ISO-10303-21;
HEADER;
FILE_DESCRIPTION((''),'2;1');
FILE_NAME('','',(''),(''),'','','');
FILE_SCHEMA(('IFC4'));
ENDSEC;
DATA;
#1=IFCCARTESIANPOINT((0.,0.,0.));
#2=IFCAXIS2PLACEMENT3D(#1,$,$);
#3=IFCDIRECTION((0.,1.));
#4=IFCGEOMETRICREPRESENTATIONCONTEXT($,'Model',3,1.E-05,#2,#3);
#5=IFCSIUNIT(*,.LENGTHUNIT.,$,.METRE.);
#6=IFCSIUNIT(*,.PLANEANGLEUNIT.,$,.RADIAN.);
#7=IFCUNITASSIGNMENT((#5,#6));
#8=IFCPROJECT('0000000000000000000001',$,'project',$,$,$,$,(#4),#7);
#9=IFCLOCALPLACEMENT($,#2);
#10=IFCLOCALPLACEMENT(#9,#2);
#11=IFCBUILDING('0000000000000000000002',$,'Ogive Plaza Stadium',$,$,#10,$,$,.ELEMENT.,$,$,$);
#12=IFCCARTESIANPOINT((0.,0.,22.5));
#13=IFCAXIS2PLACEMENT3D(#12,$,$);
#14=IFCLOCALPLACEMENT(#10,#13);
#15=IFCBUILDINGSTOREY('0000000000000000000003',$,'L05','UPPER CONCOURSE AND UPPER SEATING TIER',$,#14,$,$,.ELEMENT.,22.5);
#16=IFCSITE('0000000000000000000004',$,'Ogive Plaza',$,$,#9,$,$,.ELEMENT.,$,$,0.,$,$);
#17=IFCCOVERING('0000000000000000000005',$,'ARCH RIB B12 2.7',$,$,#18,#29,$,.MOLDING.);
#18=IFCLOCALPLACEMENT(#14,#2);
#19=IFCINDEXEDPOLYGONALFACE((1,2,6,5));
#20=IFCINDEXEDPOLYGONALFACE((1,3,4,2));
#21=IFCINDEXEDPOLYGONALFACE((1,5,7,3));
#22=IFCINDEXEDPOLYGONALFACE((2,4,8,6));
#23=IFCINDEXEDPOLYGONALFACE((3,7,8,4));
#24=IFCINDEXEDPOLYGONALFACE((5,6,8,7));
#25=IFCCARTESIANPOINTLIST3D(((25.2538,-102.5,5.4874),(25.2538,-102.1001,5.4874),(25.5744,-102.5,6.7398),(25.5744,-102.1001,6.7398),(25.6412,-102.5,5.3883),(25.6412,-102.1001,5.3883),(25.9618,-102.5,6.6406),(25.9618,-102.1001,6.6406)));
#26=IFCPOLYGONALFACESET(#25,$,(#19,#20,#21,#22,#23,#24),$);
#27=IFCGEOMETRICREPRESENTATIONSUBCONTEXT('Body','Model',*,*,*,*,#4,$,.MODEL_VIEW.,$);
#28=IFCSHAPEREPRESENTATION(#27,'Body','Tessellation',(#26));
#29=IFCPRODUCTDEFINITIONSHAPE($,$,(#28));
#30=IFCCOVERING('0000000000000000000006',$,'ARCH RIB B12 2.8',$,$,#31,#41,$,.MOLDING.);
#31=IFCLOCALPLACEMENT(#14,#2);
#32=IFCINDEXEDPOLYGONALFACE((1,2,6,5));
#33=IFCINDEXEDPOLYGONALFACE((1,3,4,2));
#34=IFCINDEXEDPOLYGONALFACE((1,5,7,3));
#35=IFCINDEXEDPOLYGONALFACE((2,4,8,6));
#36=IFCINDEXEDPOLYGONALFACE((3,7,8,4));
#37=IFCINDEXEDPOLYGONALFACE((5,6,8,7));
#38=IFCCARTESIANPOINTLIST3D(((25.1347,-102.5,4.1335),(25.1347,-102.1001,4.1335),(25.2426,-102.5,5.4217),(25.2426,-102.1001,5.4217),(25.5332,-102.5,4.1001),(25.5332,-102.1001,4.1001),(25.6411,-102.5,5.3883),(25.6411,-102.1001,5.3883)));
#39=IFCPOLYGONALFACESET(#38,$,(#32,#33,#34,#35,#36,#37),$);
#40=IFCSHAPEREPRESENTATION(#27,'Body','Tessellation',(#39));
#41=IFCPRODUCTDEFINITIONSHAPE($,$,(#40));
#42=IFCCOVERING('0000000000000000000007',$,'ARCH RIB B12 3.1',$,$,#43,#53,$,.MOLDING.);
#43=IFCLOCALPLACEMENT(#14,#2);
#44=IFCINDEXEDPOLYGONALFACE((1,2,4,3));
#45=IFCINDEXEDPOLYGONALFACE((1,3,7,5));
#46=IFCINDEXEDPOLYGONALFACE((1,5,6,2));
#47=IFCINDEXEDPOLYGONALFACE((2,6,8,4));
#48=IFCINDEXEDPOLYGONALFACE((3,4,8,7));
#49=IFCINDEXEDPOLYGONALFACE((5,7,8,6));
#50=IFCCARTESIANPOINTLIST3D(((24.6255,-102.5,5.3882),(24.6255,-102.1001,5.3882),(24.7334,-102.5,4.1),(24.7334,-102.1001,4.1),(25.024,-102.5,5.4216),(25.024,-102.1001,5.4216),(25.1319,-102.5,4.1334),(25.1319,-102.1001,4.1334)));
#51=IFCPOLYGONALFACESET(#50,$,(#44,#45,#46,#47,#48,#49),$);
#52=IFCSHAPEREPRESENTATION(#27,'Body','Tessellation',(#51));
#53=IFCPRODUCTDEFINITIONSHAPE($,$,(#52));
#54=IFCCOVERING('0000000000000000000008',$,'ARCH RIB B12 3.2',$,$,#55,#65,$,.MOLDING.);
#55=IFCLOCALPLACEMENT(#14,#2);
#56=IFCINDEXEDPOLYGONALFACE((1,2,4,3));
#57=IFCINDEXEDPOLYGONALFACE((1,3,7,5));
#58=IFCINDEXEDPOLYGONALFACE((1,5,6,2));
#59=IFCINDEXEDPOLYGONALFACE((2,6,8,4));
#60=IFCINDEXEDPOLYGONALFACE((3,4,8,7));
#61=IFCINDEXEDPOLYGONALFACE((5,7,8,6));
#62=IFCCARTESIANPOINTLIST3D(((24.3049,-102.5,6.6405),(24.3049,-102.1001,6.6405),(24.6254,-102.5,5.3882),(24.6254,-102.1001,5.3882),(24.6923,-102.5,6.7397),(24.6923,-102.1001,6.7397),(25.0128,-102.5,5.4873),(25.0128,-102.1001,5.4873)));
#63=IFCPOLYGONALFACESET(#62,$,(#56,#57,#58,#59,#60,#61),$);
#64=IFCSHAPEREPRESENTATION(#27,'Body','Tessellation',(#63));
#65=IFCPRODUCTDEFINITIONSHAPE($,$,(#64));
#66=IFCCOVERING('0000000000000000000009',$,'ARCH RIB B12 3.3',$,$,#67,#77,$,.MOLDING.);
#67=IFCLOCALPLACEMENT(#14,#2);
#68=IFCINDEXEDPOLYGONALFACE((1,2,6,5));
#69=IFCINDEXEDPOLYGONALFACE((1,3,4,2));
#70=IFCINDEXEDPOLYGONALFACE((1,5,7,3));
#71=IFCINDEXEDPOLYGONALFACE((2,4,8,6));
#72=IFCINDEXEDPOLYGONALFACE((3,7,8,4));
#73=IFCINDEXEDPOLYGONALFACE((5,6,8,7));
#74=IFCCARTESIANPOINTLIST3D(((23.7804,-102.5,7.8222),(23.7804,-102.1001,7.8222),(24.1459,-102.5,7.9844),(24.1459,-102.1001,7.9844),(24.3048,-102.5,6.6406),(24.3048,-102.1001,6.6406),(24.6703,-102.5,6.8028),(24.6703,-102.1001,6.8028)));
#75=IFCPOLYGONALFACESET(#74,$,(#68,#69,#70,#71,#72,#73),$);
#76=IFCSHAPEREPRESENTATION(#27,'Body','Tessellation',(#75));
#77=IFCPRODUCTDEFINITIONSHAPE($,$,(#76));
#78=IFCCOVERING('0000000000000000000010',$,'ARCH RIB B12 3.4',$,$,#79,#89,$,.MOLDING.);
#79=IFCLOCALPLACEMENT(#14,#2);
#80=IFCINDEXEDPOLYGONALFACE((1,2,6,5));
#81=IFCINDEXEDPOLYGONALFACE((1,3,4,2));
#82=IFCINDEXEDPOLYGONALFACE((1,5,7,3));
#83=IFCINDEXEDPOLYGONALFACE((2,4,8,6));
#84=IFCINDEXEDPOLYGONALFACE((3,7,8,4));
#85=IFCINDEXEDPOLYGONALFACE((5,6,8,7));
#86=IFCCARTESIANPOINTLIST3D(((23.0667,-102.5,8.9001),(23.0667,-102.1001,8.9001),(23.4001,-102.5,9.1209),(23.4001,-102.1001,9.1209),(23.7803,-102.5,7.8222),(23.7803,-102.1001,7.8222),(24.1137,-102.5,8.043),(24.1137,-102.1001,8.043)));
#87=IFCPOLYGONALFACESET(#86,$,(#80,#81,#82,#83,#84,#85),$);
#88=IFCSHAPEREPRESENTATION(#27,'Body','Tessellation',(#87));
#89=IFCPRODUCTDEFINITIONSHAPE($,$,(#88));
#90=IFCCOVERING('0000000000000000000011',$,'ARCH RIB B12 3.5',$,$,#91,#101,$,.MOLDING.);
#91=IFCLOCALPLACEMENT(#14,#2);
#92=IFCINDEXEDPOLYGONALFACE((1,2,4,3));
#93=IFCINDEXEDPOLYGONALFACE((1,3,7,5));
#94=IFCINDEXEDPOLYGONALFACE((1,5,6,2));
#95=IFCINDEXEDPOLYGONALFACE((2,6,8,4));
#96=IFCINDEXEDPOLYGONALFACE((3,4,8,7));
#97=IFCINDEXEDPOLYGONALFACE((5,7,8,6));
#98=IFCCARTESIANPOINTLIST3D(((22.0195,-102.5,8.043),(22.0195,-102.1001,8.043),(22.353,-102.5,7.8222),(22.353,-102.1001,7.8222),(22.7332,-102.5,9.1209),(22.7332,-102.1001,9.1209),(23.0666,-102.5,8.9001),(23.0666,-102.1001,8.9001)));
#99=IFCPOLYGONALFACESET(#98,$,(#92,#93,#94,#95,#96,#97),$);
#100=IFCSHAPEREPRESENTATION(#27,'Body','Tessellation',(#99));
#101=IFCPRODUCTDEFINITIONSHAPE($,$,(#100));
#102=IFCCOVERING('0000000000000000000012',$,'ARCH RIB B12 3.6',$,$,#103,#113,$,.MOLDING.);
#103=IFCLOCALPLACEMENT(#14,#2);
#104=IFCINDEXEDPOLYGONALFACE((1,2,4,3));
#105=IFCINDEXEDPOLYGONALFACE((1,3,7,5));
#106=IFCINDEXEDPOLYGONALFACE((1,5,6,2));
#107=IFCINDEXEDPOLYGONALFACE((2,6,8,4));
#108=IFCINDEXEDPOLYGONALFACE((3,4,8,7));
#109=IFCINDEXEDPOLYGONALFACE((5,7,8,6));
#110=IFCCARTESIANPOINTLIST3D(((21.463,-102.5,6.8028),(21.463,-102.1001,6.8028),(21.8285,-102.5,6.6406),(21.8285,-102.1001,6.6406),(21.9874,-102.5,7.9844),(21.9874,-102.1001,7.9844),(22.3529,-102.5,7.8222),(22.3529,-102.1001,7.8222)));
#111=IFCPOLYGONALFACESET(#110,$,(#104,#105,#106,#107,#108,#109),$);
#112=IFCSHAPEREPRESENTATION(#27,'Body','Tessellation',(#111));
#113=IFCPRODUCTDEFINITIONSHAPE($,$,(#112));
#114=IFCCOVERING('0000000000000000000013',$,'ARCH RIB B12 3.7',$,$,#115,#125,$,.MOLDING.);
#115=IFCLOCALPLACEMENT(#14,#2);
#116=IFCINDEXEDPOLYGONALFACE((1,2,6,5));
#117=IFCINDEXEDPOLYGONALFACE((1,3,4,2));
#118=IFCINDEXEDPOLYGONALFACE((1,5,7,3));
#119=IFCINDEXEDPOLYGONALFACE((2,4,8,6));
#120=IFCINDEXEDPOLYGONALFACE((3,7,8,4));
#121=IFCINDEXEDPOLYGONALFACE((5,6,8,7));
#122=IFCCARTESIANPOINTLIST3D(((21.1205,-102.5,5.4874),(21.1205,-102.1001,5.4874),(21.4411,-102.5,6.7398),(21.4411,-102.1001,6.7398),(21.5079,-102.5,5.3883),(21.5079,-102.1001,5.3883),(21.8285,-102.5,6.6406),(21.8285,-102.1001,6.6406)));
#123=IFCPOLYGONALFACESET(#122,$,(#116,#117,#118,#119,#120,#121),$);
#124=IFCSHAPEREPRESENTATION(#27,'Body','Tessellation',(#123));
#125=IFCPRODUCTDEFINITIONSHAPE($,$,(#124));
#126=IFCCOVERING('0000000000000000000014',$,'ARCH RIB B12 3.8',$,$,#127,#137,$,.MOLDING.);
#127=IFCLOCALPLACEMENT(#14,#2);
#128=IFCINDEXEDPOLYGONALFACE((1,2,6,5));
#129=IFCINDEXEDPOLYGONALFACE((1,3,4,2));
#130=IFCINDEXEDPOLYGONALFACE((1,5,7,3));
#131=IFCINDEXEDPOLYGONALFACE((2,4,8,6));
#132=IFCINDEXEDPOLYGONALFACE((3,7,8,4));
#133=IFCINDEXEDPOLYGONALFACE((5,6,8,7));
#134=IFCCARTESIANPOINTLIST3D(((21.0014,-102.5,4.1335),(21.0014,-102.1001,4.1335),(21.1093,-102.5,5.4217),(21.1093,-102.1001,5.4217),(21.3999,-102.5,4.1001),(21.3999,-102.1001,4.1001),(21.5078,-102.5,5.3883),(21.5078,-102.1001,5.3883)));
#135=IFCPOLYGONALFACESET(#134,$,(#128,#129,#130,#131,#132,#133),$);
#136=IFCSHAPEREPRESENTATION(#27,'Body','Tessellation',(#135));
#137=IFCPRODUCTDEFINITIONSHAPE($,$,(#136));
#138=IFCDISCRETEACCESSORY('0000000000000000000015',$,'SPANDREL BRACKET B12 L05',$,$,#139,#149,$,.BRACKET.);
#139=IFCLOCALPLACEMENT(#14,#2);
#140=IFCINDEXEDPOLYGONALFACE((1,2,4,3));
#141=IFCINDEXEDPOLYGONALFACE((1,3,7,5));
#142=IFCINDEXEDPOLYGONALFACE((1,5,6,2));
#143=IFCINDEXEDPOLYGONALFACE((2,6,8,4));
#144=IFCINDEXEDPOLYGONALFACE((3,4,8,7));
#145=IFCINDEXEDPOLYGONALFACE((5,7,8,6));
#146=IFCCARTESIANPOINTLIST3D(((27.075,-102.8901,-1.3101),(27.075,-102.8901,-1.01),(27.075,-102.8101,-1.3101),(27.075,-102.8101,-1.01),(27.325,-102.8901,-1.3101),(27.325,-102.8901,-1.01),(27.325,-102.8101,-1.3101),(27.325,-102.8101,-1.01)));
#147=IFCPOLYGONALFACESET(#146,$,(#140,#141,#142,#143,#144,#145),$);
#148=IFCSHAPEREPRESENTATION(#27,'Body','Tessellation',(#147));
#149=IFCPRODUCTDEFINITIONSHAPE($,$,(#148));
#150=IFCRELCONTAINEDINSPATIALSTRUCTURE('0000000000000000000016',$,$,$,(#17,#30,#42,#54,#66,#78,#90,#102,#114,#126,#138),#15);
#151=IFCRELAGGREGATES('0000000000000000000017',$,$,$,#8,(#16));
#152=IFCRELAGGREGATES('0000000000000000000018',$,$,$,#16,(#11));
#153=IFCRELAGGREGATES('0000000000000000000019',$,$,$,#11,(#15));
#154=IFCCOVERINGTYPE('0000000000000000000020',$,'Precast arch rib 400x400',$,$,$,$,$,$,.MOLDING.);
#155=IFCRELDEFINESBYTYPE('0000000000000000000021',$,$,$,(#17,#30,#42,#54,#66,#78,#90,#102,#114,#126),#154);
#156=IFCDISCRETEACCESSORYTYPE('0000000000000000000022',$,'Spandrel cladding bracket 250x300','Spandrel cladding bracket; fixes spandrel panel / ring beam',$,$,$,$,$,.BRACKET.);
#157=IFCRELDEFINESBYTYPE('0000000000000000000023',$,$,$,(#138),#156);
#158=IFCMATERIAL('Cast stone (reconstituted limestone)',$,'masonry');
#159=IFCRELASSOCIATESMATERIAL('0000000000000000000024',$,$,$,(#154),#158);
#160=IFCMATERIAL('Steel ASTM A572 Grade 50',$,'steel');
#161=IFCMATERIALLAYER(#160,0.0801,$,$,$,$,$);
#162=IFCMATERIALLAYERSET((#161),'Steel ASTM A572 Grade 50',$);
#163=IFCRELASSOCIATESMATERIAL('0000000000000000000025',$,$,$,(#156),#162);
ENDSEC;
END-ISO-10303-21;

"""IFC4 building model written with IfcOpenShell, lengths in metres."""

from ifc_helpers import new_model, si_unit, direction, frame, origin, origin_2d, place, context, subcontext, project, spatial, rectangle, extrude, material, layer, layer_set, material_profile, profile_set, type_object, element, save


model = new_model("IFC4")

# Units and contexts
model_context = context("Model", 3, precision=1e-05, world=origin(), true_north=direction((0.0, 1.0)))
body_context = subcontext(model_context, "Body", "Model", "MODEL_VIEW")
ifc_project = project(units=[si_unit("LENGTHUNIT", "METRE"), si_unit("PLANEANGLEUNIT", "RADIAN")], contexts=[model_context])

# Site, building, storey
site_placement = place(None, origin())
site = spatial("IfcSite", under=ifc_project, at=site_placement, Name="Ogive Plaza", CompositionType="ELEMENT", RefElevation=0.0)
building_placement = place(site_placement, origin())
building = spatial("IfcBuilding", under=site, at=building_placement, Name="Ogive Plaza Stadium", CompositionType="ELEMENT")
storey_placement = place(building_placement, frame((0.0, 0.0, 22.5)))
storey = spatial("IfcBuildingStorey", under=building, at=storey_placement, Name="L05", Description="UPPER CONCOURSE AND UPPER SEATING TIER", CompositionType="ELEMENT", Elevation=22.5)

# Coverings
ifc_material_1 = material(Name="Cast stone (reconstituted limestone)", Category="masonry")
ifc_material_profile_1 = material_profile(ifc_material_1, rectangle(XDim=0.3999, YDim=0.3999, at=origin_2d()), Name="Cast stone 400x400")
ifc_profile_set_1 = profile_set([ifc_material_profile_1], Name="Cast stone (reconstituted limestone)")
covering_type = type_object("IfcCoveringType", Name="Precast arch rib 400x400", PredefinedType="MOLDING", material=ifc_profile_set_1)
for number, where, z_axis, x_axis, name in (
    (1, (25.7681, -102.3, 6.6902), (-0.247953, 0.0, -0.968772), (0.0, -1.0, 0.0), "ARCH RIB B12 2.7"),
    (2, (25.4419, -102.3, 5.405), (-0.083467, 0.0, -0.996511), (0.0, -1.0, 0.0), "ARCH RIB B12 2.8"),
    (3, (24.9326, -102.3, 4.1167), (-0.083467, 0.0, 0.996511), (0.0, -1.0, 0.0), "ARCH RIB B12 3.1"),
    (4, (24.8191, -102.3, 5.4377), (-0.247953, 0.0, 0.968772), (0.0, -1.0, 0.0), "ARCH RIB B12 3.2"),
    (5, (24.4875, -102.3, 6.7217), (-0.405648, 0.0, 0.914029), (0.0, -1.0, 0.0), "ARCH RIB B12 3.3"),
    (6, (23.947, -102.3, 7.9326), (-0.552039, 0.0, 0.833818), (0.0, -1.0, 0.0), "ARCH RIB B12 3.4"),
    (7, (22.8999, -102.3, 9.0105), (-0.552039, 0.0, -0.833818), (0.0, -1.0, 0.0), "ARCH RIB B12 3.5"),
    (8, (22.1702, -102.3, 7.9033), (-0.405648, 0.0, -0.914029), (0.0, -1.0, 0.0), "ARCH RIB B12 3.6"),
    (9, (21.6348, -102.3, 6.6902), (-0.247953, 0.0, -0.968772), (0.0, -1.0, 0.0), "ARCH RIB B12 3.7"),
    (10, (21.3086, -102.3, 5.405), (-0.083467, 0.0, -0.996511), (0.0, -1.0, 0.0), "ARCH RIB B12 3.8"),
):
    element("IfcCovering", number, at=place(storey_placement, frame(where, z_axis=z_axis, x_axis=x_axis)), inside=storey, type_object=covering_type, Name=name, PredefinedType="MOLDING", context=body_context, shape_type="SweptSolid", body=[
        extrude(rectangle(XDim=0.3999, YDim=0.3999, at=origin_2d()), origin(), (0.0, 0.0, 1.0), 1.2927),
    ])

# Discrete accessory
ifc_material_2 = material(Name="Steel ASTM A572 Grade 50", Category="steel")
ifc_layer_1 = layer(ifc_material_2, 0.0801)
ifc_layer_set_1 = layer_set([ifc_layer_1], Name="Steel ASTM A572 Grade 50")
discrete_accessory_type = type_object("IfcDiscreteAccessoryType", Name="Spandrel cladding bracket 250x300", Description="Spandrel cladding bracket; fixes spandrel panel / ring beam", PredefinedType="BRACKET", material=ifc_layer_set_1)
discrete_accessory_placement = place(storey_placement, frame((27.2, -102.8501, -1.3101), z_axis=(0.0, 0.0, 1.0), x_axis=(-1.0, 0.0, 0.0)))
element("IfcDiscreteAccessory", 11, at=discrete_accessory_placement, inside=storey, type_object=discrete_accessory_type, Name="SPANDREL BRACKET B12 L05", PredefinedType="BRACKET", context=body_context, shape_type="SweptSolid", body=[
    extrude(rectangle(XDim=0.25, YDim=0.0801, at=origin_2d()), origin(), (0.0, 0.0, 1.0), 0.3),
])

save(model, "model.ifc")
